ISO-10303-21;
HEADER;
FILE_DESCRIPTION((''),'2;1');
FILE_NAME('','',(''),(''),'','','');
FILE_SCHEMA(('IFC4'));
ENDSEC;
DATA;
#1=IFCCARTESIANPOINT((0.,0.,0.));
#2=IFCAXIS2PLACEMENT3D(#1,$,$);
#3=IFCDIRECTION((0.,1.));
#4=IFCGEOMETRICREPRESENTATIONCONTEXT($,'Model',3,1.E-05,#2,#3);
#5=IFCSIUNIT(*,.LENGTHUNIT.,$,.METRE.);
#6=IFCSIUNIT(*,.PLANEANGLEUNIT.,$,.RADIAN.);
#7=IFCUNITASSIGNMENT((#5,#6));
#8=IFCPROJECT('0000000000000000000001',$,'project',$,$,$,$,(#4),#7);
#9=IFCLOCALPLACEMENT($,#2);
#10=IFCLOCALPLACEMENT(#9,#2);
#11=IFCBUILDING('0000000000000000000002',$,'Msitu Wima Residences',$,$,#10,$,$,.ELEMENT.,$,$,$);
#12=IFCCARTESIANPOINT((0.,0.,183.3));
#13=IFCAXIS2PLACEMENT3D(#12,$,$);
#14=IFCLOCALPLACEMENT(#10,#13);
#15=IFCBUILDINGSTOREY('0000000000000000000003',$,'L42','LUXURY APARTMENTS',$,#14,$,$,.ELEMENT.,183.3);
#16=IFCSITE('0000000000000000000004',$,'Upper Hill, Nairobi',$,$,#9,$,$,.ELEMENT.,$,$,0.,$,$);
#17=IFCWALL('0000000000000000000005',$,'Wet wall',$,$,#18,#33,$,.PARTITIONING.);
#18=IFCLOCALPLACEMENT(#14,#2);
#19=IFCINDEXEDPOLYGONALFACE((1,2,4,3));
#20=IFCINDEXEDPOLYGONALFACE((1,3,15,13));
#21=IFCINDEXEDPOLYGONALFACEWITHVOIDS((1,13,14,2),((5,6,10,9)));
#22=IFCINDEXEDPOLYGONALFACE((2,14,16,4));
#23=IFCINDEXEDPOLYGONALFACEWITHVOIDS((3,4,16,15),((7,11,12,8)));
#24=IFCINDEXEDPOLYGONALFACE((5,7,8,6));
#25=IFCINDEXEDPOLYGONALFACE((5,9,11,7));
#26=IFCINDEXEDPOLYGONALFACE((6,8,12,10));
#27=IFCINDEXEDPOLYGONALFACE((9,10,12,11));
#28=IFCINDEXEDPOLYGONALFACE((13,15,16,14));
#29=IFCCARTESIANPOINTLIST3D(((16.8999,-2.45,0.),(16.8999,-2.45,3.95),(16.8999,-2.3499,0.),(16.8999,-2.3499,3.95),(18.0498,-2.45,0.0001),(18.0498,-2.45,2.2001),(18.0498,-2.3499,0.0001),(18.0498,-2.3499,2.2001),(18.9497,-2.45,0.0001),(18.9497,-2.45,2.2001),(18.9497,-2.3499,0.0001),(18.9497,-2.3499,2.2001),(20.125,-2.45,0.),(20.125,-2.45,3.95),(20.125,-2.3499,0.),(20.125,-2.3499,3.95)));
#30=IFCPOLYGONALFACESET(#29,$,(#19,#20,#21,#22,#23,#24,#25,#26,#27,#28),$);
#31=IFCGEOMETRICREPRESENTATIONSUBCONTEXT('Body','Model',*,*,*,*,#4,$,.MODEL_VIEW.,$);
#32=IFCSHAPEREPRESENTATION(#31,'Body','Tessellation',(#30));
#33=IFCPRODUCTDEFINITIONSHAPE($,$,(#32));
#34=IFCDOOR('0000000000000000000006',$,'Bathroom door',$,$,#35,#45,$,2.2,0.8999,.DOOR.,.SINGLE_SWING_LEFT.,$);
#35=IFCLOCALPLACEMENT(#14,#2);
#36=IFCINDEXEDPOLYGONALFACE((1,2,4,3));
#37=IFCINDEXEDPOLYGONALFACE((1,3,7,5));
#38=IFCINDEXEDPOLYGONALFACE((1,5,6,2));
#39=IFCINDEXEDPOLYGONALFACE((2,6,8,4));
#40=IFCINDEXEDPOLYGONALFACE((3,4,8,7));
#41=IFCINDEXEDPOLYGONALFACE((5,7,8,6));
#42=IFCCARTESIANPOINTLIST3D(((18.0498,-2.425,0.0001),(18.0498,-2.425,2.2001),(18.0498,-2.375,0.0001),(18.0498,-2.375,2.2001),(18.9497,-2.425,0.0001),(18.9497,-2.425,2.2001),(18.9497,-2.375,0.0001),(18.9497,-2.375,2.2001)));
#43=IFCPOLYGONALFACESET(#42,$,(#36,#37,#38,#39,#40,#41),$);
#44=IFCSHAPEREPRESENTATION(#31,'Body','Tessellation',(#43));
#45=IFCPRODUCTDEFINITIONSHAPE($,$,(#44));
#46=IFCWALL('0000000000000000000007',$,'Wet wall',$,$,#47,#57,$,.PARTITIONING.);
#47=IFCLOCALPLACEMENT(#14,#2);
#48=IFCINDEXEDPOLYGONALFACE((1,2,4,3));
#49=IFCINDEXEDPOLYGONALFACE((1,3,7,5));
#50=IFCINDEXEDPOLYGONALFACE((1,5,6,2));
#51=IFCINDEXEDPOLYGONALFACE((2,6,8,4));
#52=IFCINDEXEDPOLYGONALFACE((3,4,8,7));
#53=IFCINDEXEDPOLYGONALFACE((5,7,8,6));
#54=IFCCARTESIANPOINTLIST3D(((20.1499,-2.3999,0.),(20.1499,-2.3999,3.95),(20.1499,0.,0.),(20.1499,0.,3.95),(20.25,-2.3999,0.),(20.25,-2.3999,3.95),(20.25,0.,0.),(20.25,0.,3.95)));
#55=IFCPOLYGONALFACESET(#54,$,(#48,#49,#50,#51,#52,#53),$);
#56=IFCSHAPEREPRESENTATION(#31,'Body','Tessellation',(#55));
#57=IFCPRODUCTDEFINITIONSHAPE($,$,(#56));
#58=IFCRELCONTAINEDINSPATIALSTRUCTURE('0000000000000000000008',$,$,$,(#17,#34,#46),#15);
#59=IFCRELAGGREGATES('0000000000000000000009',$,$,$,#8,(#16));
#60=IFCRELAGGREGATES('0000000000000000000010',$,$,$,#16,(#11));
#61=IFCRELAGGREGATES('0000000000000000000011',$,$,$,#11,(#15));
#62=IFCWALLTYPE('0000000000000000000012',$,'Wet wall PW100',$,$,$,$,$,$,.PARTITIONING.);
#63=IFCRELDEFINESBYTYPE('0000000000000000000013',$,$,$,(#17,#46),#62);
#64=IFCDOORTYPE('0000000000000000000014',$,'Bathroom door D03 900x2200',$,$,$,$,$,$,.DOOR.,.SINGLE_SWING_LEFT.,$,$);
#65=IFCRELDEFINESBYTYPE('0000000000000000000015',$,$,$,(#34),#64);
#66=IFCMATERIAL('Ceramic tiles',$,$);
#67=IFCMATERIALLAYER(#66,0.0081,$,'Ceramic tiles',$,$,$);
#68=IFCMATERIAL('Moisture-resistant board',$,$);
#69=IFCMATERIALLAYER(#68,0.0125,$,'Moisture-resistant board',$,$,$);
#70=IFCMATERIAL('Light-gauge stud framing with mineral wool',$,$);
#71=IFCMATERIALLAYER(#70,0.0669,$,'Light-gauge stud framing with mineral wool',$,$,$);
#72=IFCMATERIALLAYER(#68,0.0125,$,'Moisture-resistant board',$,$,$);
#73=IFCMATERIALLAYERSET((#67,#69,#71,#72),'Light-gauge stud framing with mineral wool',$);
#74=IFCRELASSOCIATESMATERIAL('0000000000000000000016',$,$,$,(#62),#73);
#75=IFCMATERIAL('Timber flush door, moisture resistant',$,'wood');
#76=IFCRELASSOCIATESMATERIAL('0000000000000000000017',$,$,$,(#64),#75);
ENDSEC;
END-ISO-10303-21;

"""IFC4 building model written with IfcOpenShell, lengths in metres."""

from ifc_helpers import new_model, si_unit, direction, frame, frame_2d, origin, place, context, subcontext, project, spatial, rectangle, extrude, material, layer, layer_set, type_object, element, fill, save


model = new_model("IFC4")

# Units and contexts
model_context = context("Model", 3, precision=1e-05, world=origin(), true_north=direction((0.0, 1.0)))
body_context = subcontext(model_context, "Body", "Model", "MODEL_VIEW")
ifc_project = project(units=[si_unit("LENGTHUNIT", "METRE"), si_unit("PLANEANGLEUNIT", "RADIAN")], contexts=[model_context])

# Site, building, storey
site_placement = place(None, origin())
site = spatial("IfcSite", under=ifc_project, at=site_placement, Name="Upper Hill, Nairobi", CompositionType="ELEMENT", RefElevation=0.0)
building_placement = place(site_placement, origin())
building = spatial("IfcBuilding", under=site, at=building_placement, Name="Msitu Wima Residences", CompositionType="ELEMENT")
storey_placement = place(building_placement, frame((0.0, 0.0, 183.3)))
storey = spatial("IfcBuildingStorey", under=building, at=storey_placement, Name="L42", Description="LUXURY APARTMENTS", CompositionType="ELEMENT", Elevation=183.3)

# Wall, opening, door
ifc_material_1 = material(Name="Ceramic tiles")
ifc_layer_1 = layer(ifc_material_1, 0.0081, Name="Ceramic tiles")
ifc_material_2 = material(Name="Moisture-resistant board")
ifc_layer_2 = layer(ifc_material_2, 0.0125, Name="Moisture-resistant board")
ifc_material_3 = material(Name="Light-gauge stud framing with mineral wool")
ifc_layer_3 = layer(ifc_material_3, 0.0669, Name="Light-gauge stud framing with mineral wool")
ifc_layer_4 = layer(ifc_material_2, 0.0125, Name="Moisture-resistant board")
ifc_layer_set_1 = layer_set([ifc_layer_1, ifc_layer_2, ifc_layer_3, ifc_layer_4], Name="Light-gauge stud framing with mineral wool")
wall_type_1 = type_object("IfcWallType", Name="Wet wall PW100", PredefinedType="PARTITIONING", material=ifc_layer_set_1)
wall_1_placement = place(storey_placement, frame((16.8999, -2.3999, 0.0), z_axis=(0.0, 0.0, 1.0), x_axis=(1.0, 0.0, 0.0)))
wall_1 = element("IfcWall", 1, at=wall_1_placement, inside=storey, type_object=wall_type_1, Name="Wet wall", PredefinedType="PARTITIONING", context=body_context, shape_type="SweptSolid", body=[
    extrude(rectangle(XDim=3.2251, YDim=0.1001, at=frame_2d((1.6125, 0.0))), origin(), (0.0, 0.0, 1.0), 3.95),
])
opening_1_placement = place(wall_1_placement, frame((1.1499, 0.0, 0.0)))
opening_1 = element("IfcOpeningElement", 2, at=opening_1_placement, cuts=wall_1, PredefinedType="OPENING", context=body_context, shape_type="SweptSolid", body=[
    extrude(rectangle(XDim=0.8999, YDim=2.2, at=frame_2d((0.45, 1.1001))), frame((0.0, 0.0601, 0.0), z_axis=(0.0, -1.0, 0.0), x_axis=(1.0, 0.0, 0.0)), (0.0, 0.0, 1.0), 0.1201),
])
ifc_material_4 = material(Name="Timber flush door, moisture resistant", Category="wood")
door_type_1 = type_object("IfcDoorType", Name="Bathroom door D03 900x2200", OperationType="SINGLE_SWING_LEFT", PredefinedType="DOOR", material=ifc_material_4)
door_1_placement = place(opening_1_placement, origin())
door_1 = element("IfcDoor", 3, at=door_1_placement, inside=storey, type_object=door_type_1, Name="Bathroom door", OperationType="SINGLE_SWING_LEFT", OverallHeight=2.2, OverallWidth=0.8999, PredefinedType="DOOR", context=body_context, shape_type="SweptSolid", body=[
    extrude(rectangle(XDim=0.8999, YDim=2.2, at=frame_2d((0.45, 1.1001))), frame((0.0, 0.0249, 0.0), z_axis=(0.0, -1.0, 0.0), x_axis=(1.0, 0.0, 0.0)), (0.0, 0.0, 1.0), 0.05),
])
fill(opening_1, door_1)

# Wall
wall_2_placement = place(storey_placement, frame((20.2, -2.3999, 0.0), z_axis=(0.0, 0.0, 1.0), x_axis=(0.0, 1.0, 0.0)))
element("IfcWall", 4, at=wall_2_placement, inside=storey, type_object=wall_type_1, Name="Wet wall", PredefinedType="PARTITIONING", context=body_context, shape_type="SweptSolid", body=[
    extrude(rectangle(XDim=2.3999, YDim=0.1001, at=frame_2d((1.2, 0.0))), origin(), (0.0, 0.0, 1.0), 3.95),
])

save(model, "model.ifc")
